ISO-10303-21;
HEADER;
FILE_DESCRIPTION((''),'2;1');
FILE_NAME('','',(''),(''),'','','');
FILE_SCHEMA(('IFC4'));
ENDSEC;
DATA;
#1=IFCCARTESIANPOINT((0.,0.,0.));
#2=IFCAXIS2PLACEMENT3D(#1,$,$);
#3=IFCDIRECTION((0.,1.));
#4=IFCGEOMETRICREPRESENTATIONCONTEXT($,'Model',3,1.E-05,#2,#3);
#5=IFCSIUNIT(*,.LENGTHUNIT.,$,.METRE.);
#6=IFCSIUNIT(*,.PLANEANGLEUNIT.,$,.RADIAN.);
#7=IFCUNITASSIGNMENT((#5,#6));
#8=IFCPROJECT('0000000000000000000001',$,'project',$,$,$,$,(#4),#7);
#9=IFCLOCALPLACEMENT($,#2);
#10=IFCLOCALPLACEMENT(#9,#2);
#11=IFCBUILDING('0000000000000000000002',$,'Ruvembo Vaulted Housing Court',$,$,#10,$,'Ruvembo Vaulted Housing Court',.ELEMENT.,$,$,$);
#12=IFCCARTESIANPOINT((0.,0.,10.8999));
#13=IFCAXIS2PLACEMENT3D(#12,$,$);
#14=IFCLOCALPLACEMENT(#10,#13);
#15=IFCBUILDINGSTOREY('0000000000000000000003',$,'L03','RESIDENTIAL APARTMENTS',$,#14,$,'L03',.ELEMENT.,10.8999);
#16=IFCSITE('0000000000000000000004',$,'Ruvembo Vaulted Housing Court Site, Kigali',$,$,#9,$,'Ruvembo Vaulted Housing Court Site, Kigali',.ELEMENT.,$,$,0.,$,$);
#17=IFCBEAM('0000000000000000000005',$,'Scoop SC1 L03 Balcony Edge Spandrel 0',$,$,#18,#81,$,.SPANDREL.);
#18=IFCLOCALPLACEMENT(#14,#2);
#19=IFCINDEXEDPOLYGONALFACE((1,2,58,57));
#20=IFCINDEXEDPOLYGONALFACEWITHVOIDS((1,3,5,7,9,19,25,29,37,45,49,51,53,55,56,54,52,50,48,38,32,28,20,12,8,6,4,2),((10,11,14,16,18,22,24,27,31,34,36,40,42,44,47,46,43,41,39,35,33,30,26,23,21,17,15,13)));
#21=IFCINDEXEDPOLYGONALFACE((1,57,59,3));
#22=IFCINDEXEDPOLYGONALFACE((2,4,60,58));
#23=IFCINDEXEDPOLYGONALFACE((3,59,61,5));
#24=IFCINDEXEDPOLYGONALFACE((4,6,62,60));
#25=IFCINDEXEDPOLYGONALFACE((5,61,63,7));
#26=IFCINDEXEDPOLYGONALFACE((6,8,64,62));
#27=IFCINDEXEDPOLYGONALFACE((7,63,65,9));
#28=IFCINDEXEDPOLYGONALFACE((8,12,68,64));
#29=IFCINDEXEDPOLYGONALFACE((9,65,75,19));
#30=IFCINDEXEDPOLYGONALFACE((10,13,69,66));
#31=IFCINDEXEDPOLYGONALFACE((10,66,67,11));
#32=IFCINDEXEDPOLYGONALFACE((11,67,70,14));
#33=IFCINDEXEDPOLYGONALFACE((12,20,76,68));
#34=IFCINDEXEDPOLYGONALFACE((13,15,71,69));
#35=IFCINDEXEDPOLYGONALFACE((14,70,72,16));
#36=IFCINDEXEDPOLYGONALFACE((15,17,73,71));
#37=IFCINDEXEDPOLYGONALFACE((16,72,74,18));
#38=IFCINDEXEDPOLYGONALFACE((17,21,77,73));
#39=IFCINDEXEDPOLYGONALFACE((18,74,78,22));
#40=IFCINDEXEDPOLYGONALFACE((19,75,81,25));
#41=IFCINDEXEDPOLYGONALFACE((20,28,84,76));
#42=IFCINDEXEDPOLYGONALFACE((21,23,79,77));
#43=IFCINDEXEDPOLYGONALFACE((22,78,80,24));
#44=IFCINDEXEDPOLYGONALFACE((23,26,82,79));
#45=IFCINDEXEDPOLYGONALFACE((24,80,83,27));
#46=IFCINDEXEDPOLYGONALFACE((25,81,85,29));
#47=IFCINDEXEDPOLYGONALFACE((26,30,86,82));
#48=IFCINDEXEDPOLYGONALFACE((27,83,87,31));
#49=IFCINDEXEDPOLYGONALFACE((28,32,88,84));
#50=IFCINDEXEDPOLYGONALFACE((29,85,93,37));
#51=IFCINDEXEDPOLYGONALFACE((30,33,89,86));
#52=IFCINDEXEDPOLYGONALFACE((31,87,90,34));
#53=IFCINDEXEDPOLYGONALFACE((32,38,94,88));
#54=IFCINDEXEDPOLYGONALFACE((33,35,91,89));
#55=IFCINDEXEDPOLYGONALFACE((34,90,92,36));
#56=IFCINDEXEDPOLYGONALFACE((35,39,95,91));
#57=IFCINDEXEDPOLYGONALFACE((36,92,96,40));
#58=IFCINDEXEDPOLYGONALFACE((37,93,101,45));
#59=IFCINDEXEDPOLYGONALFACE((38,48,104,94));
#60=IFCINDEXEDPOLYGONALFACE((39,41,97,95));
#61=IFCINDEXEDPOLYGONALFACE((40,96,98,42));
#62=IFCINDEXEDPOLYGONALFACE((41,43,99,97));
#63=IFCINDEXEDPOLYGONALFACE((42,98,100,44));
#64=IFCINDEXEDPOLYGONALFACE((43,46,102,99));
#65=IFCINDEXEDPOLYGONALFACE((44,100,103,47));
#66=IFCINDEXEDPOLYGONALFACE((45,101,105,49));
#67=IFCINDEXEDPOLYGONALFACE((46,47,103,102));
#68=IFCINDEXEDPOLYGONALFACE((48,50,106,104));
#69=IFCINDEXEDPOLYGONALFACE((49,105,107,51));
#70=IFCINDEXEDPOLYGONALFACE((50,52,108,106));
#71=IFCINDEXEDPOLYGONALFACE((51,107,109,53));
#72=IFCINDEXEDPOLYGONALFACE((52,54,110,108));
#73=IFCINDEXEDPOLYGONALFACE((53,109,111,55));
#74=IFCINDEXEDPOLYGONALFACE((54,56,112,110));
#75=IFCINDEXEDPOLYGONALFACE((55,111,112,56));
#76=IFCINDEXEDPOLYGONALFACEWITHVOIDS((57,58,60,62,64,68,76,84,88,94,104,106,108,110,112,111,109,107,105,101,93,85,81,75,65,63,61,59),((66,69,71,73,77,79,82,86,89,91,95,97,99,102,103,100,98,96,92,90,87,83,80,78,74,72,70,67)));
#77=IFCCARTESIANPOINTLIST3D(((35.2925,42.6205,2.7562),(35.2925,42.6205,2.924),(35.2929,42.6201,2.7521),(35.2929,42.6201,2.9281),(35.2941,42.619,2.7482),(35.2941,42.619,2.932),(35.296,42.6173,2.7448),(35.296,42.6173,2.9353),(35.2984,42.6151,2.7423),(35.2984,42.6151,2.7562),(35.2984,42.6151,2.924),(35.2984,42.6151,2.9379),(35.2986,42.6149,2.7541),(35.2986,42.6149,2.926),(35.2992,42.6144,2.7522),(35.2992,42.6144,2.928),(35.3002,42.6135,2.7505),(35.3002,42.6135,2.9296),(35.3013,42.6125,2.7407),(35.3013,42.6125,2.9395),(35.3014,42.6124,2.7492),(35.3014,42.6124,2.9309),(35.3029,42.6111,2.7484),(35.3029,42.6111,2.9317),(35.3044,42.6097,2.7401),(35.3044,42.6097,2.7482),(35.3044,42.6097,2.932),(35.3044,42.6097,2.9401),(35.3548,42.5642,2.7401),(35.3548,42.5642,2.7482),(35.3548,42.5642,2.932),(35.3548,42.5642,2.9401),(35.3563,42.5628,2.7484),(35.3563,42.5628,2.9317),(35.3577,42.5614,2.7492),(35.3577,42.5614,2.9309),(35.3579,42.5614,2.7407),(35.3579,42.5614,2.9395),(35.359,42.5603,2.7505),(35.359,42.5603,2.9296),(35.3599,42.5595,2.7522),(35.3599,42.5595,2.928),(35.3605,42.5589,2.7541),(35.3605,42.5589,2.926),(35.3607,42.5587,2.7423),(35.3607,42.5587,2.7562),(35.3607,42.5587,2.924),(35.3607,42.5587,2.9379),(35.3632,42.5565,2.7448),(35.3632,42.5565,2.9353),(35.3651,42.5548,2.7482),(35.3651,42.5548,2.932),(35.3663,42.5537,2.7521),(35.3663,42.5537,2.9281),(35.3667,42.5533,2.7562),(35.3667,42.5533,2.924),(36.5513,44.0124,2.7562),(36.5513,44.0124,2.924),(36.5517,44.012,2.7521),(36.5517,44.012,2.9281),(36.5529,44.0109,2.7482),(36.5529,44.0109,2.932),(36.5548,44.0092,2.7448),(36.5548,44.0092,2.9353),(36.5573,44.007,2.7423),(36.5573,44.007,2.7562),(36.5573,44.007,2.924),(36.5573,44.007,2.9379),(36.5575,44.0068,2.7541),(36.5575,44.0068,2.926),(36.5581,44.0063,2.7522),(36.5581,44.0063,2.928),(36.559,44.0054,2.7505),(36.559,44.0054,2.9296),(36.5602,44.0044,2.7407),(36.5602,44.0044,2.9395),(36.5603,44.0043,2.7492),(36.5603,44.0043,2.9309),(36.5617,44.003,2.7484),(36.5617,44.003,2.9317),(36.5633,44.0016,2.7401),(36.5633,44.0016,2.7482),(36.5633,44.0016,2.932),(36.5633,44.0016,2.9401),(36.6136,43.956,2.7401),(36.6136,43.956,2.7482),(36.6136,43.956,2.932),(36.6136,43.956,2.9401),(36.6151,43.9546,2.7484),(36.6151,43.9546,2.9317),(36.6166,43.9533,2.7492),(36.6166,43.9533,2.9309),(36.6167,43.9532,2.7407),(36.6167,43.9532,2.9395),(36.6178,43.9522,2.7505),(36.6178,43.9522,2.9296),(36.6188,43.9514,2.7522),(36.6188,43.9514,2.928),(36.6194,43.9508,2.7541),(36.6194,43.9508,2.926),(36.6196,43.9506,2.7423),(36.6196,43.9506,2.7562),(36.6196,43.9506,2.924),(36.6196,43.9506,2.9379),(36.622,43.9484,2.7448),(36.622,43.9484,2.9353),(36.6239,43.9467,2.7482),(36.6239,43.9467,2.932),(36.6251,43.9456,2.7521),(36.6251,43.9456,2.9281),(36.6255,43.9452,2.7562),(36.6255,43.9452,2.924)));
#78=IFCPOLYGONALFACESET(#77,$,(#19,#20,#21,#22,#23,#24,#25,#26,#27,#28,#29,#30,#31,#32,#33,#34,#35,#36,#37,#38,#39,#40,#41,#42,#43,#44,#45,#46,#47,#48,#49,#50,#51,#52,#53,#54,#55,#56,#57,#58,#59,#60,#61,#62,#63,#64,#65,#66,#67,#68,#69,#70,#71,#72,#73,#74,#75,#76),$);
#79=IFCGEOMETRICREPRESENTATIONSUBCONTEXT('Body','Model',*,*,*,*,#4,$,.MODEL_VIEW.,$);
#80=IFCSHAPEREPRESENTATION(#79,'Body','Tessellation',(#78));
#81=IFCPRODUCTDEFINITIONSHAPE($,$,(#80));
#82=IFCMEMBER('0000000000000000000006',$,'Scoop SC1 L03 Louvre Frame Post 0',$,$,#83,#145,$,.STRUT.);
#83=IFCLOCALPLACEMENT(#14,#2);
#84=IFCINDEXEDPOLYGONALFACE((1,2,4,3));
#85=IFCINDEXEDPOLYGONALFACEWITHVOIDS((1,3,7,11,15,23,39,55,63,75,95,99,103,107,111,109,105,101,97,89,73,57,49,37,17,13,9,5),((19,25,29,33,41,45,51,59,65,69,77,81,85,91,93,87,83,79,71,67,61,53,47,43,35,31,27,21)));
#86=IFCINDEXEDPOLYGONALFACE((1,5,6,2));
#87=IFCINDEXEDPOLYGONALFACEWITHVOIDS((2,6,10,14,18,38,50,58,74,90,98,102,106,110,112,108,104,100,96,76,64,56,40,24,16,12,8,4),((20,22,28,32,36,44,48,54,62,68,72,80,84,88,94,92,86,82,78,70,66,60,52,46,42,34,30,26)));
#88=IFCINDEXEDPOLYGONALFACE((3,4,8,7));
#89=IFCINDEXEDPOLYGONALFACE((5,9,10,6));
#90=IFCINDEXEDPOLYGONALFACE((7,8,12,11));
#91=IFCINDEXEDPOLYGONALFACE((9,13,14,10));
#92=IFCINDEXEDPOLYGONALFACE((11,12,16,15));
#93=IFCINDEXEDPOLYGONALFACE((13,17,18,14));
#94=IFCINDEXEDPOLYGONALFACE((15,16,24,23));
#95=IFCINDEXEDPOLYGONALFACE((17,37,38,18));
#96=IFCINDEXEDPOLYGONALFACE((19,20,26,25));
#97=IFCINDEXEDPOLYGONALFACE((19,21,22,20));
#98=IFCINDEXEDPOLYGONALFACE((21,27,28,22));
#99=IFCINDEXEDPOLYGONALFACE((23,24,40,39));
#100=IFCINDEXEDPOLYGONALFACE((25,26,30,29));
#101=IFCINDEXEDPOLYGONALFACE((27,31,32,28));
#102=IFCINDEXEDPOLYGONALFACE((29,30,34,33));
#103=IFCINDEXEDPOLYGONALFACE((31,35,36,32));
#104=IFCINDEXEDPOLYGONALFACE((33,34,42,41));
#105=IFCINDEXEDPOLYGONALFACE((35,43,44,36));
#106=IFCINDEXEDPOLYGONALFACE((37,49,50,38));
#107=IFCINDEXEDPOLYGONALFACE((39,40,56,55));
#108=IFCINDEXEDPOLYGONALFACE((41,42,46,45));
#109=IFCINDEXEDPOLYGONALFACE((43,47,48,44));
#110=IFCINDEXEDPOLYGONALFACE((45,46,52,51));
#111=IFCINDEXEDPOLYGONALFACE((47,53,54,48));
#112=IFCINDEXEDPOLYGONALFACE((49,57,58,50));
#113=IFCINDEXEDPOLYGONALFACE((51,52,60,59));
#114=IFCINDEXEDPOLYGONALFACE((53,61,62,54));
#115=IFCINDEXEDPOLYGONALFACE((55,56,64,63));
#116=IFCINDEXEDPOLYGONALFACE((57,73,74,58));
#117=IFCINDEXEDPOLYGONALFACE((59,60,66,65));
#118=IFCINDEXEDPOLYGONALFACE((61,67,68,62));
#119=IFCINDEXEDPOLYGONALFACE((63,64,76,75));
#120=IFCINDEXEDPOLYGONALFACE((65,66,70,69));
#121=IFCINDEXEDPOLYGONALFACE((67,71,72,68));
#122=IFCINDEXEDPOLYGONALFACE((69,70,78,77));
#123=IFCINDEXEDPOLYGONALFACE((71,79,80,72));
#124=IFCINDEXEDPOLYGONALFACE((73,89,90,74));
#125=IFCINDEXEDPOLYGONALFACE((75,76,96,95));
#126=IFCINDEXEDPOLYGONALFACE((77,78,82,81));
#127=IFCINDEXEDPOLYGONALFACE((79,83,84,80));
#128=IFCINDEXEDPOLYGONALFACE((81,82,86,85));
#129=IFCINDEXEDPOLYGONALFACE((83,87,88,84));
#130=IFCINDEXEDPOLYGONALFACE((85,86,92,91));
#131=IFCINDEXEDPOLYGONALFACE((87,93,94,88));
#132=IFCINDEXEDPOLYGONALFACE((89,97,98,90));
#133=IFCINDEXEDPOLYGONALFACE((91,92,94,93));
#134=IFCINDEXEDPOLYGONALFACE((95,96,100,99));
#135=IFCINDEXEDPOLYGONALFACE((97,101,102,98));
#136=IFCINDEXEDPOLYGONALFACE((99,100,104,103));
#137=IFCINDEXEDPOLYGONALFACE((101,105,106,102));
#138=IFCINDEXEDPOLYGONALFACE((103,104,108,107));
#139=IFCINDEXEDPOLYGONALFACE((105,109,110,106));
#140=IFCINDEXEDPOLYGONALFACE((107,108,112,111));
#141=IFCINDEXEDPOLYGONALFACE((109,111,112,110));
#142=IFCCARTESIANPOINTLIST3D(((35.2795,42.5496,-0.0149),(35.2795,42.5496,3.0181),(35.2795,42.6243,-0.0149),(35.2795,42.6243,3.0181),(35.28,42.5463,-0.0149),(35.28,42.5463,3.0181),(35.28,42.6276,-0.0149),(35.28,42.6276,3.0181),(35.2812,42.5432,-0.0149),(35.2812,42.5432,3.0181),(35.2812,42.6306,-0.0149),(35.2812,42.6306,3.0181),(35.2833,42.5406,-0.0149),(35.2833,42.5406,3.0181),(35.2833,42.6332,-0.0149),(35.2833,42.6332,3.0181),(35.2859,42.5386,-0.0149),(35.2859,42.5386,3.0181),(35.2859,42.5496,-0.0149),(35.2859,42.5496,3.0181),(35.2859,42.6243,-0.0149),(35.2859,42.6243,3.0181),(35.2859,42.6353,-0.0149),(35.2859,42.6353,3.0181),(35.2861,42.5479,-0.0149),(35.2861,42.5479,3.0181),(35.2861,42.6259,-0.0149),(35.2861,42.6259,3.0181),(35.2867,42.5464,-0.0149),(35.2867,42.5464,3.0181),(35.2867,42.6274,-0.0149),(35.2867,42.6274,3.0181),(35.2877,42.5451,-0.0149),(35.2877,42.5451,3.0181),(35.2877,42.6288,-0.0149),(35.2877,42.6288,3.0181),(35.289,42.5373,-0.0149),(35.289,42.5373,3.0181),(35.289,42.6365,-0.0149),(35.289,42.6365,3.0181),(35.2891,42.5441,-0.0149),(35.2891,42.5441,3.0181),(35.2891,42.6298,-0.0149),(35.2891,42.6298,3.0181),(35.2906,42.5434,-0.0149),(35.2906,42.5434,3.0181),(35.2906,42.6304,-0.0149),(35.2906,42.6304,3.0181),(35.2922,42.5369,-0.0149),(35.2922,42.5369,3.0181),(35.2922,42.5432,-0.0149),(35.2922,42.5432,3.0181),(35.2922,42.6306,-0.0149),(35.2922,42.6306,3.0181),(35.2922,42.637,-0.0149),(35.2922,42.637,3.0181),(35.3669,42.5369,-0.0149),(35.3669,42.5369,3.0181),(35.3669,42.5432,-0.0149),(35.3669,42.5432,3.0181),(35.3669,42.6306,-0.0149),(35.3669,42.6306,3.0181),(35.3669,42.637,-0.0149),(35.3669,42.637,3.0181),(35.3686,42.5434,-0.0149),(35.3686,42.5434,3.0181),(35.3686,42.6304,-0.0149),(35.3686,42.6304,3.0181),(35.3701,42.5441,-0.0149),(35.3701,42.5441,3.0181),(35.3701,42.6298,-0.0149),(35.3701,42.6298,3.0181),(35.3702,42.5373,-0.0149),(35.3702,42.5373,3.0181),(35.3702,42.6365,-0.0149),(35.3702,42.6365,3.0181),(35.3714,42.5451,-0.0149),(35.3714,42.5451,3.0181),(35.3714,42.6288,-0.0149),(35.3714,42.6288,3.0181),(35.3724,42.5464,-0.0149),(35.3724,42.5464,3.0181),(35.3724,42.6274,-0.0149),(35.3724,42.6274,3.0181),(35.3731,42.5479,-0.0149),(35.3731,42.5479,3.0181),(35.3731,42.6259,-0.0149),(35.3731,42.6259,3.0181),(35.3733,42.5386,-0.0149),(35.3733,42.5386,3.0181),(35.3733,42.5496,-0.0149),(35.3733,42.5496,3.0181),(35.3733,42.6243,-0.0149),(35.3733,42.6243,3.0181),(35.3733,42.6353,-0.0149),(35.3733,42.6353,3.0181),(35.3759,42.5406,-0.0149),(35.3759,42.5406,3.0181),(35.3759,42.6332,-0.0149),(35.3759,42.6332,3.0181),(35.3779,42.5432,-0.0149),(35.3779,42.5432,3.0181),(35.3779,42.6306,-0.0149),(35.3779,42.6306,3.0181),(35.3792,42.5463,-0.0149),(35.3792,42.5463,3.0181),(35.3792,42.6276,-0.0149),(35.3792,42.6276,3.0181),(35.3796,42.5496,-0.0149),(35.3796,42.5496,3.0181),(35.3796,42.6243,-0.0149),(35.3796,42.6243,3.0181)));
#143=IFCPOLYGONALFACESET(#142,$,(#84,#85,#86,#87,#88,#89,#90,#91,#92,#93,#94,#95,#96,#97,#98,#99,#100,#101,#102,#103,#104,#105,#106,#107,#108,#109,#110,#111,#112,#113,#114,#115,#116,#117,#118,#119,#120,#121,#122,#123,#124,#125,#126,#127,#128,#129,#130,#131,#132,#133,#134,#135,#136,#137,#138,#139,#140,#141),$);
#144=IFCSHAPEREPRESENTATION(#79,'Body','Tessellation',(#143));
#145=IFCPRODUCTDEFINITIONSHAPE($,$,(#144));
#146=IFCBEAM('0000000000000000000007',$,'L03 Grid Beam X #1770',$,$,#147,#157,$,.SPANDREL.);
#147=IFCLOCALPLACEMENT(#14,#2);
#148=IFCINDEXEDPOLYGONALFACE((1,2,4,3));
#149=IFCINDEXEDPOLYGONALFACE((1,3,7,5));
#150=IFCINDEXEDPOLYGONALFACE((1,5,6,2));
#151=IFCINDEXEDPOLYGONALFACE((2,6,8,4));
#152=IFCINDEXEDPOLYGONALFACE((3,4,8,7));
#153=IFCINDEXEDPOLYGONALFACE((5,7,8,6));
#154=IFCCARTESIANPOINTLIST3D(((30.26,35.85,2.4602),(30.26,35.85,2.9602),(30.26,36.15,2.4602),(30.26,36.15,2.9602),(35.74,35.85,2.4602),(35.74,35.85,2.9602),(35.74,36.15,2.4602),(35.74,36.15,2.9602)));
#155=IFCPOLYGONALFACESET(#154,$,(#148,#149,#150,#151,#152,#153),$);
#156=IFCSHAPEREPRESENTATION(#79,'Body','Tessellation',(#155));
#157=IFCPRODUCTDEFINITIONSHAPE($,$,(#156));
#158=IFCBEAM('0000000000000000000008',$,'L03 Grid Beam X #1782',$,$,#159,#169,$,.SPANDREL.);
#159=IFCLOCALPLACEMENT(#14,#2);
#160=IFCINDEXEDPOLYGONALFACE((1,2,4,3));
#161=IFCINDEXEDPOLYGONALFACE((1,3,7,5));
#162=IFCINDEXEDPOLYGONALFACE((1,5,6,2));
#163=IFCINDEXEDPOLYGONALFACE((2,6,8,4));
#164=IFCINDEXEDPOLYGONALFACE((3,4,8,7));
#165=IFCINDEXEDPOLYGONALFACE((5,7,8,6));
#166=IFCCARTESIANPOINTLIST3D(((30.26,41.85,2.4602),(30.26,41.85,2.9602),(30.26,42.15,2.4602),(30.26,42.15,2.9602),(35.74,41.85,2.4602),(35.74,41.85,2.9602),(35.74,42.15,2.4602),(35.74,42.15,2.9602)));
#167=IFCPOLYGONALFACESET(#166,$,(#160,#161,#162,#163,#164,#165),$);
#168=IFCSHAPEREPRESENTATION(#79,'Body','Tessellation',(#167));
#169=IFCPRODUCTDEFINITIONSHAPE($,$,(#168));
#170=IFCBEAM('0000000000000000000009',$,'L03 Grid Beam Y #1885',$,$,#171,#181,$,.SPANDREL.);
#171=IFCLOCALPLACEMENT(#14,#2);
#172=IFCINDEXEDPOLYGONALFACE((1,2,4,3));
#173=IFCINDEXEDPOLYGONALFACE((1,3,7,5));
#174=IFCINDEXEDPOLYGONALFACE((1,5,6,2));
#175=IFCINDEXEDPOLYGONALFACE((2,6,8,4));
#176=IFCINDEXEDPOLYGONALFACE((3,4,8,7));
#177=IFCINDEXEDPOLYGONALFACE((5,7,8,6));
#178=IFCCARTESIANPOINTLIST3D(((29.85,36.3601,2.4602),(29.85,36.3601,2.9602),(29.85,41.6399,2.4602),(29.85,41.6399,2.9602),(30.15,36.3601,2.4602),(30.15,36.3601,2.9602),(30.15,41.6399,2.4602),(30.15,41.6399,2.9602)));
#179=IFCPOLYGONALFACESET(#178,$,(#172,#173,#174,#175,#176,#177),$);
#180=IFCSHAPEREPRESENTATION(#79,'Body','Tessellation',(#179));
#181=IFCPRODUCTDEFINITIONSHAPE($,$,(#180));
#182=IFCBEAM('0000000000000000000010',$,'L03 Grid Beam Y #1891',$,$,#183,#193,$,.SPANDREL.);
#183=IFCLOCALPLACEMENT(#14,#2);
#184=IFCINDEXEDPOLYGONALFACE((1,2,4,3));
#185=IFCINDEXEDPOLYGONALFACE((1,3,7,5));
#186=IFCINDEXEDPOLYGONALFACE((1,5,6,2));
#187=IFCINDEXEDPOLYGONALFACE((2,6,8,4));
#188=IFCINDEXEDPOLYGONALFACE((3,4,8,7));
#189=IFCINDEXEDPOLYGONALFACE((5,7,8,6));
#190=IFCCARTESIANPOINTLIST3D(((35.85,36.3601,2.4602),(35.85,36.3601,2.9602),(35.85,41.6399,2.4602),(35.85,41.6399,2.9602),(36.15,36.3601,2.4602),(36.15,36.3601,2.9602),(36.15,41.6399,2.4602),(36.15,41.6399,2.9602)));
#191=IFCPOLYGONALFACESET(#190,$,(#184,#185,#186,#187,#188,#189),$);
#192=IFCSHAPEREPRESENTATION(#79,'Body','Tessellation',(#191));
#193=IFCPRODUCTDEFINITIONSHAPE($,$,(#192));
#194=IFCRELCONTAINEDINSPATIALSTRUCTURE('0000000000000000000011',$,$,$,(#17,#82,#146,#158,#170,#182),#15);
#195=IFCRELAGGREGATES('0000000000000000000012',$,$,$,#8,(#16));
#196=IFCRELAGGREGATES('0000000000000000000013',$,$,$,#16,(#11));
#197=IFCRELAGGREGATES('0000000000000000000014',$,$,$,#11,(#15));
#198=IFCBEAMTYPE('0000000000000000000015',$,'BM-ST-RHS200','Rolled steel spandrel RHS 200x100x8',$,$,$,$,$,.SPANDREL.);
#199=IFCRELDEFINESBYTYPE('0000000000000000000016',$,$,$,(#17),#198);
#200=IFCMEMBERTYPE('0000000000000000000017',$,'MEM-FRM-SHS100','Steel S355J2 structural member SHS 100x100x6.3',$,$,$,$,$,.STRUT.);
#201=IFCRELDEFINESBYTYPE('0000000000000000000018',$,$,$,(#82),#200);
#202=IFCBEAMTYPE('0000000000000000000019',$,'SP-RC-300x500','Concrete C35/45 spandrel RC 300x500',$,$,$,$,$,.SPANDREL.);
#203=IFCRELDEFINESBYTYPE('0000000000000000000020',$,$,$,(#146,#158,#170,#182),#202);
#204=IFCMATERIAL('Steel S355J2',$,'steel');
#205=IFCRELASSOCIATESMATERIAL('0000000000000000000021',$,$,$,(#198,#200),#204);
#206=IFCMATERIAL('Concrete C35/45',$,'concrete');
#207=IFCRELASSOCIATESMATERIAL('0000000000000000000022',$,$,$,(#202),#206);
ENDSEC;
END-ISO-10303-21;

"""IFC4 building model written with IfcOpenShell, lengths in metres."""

from ifc_helpers import new_model, si_unit, direction, frame, origin, origin_2d, place, context, subcontext, project, spatial, rectangle, hollow_rectangle, extrude, material, material_profile, profile_set, type_object, element, save


model = new_model("IFC4")

# Units and contexts
model_context = context("Model", 3, precision=1e-05, world=origin(), true_north=direction((0.0, 1.0)))
body_context = subcontext(model_context, "Body", "Model", "MODEL_VIEW")
ifc_project = project(units=[si_unit("LENGTHUNIT", "METRE"), si_unit("PLANEANGLEUNIT", "RADIAN")], contexts=[model_context])

# Site, building, storey
site_placement = place(None, origin())
site = spatial("IfcSite", under=ifc_project, at=site_placement, Name="Ruvembo Vaulted Housing Court Site, Kigali", LongName="Ruvembo Vaulted Housing Court Site, Kigali", CompositionType="ELEMENT", RefElevation=0.0)
building_placement = place(site_placement, origin())
building = spatial("IfcBuilding", under=site, at=building_placement, Name="Ruvembo Vaulted Housing Court", LongName="Ruvembo Vaulted Housing Court", CompositionType="ELEMENT")
storey_placement = place(building_placement, frame((0.0, 0.0, 10.8999)))
storey = spatial("IfcBuildingStorey", under=building, at=storey_placement, Name="L03", Description="RESIDENTIAL APARTMENTS", LongName="L03", CompositionType="ELEMENT", Elevation=10.8999)

# Beam
ifc_material_1 = material(Name="Steel S355J2", Category="steel")
ifc_material_profile_1 = material_profile(ifc_material_1, hollow_rectangle(XDim=0.1001, YDim=0.2, WallThickness=0.0081, InnerFilletRadius=0.0081, OuterFilletRadius=0.0161, at=origin_2d()), Name="RHS 200x100x8")
ifc_profile_set_1 = profile_set([ifc_material_profile_1], Name="Steel S355J2")
beam_type_1 = type_object("IfcBeamType", Name="BM-ST-RHS200", Description="Rolled steel spandrel RHS 200x100x8", PredefinedType="SPANDREL", material=ifc_profile_set_1)
beam_1_placement = place(storey_placement, frame((35.3296, 42.5869, 2.8401), z_axis=(0.670767, 0.741668, 0.0), x_axis=(-0.741668, 0.670767, 0.0)))
element("IfcBeam", 1, at=beam_1_placement, inside=storey, type_object=beam_type_1, Name="Scoop SC1 L03 Balcony Edge Spandrel 0", PredefinedType="SPANDREL", context=body_context, shape_type="SweptSolid", body=[
    extrude(hollow_rectangle(XDim=0.1001, YDim=0.2, WallThickness=0.0081, InnerFilletRadius=0.0081, OuterFilletRadius=0.0161, at=origin_2d()), origin(), (0.0, 0.0, 1.0), 1.8767),
])

# Member
ifc_material_profile_2 = material_profile(ifc_material_1, hollow_rectangle(XDim=0.1001, YDim=0.1001, WallThickness=0.0063, InnerFilletRadius=0.0063, OuterFilletRadius=0.0127, at=origin_2d()), Name="SHS 100x100x6.3")
ifc_profile_set_2 = profile_set([ifc_material_profile_2], Name="Steel S355J2")
member_type = type_object("IfcMemberType", Name="MEM-FRM-SHS100", Description="Steel S355J2 structural member SHS 100x100x6.3", PredefinedType="STRUT", material=ifc_profile_set_2)
member_placement = place(storey_placement, frame((35.3296, 42.5869, -0.0149), z_axis=(0.0, 0.0, 1.0), x_axis=(1.0, 0.0, 0.0)))
element("IfcMember", 2, at=member_placement, inside=storey, type_object=member_type, Name="Scoop SC1 L03 Louvre Frame Post 0", PredefinedType="STRUT", context=body_context, shape_type="SweptSolid", body=[
    extrude(hollow_rectangle(XDim=0.1001, YDim=0.1001, WallThickness=0.0063, InnerFilletRadius=0.0063, OuterFilletRadius=0.0127, at=origin_2d()), origin(), (0.0, 0.0, 1.0), 3.033),
])

# Beams
ifc_material_2 = material(Name="Concrete C35/45", Category="concrete")
ifc_material_profile_3 = material_profile(ifc_material_2, rectangle(XDim=0.3, YDim=0.5, at=origin_2d()), Name="RC 300x500")
ifc_profile_set_3 = profile_set([ifc_material_profile_3], Name="Concrete C35/45")
beam_type_2 = type_object("IfcBeamType", Name="SP-RC-300x500", Description="Concrete C35/45 spandrel RC 300x500", PredefinedType="SPANDREL", material=ifc_profile_set_3)
for number, where, z_axis, x_axis, name in (
    (3, (30.26, 36.0, 2.7102), (1.0, 0.0, 0.0), (0.0, 1.0, 0.0), "L03 Grid Beam X #1770"),
    (4, (30.26, 42.0, 2.7102), (1.0, 0.0, 0.0), (0.0, 1.0, 0.0), "L03 Grid Beam X #1782"),
):
    element("IfcBeam", number, at=place(storey_placement, frame(where, z_axis=z_axis, x_axis=x_axis)), inside=storey, type_object=beam_type_2, Name=name, PredefinedType="SPANDREL", context=body_context, shape_type="SweptSolid", body=[
        extrude(rectangle(XDim=0.3, YDim=0.5, at=origin_2d()), origin(), (0.0, 0.0, 1.0), 5.48),
    ])
for number, where, z_axis, x_axis, name in (
    (5, (30.0, 36.3601, 2.7102), (0.0, 1.0, 0.0), (-1.0, 0.0, 0.0), "L03 Grid Beam Y #1885"),
    (6, (36.0, 36.3601, 2.7102), (0.0, 1.0, 0.0), (-1.0, 0.0, 0.0), "L03 Grid Beam Y #1891"),
):
    element("IfcBeam", number, at=place(storey_placement, frame(where, z_axis=z_axis, x_axis=x_axis)), inside=storey, type_object=beam_type_2, Name=name, PredefinedType="SPANDREL", context=body_context, shape_type="SweptSolid", body=[
        extrude(rectangle(XDim=0.3, YDim=0.5, at=origin_2d()), origin(), (0.0, 0.0, 1.0), 5.2798),
    ])

save(model, "model.ifc")
